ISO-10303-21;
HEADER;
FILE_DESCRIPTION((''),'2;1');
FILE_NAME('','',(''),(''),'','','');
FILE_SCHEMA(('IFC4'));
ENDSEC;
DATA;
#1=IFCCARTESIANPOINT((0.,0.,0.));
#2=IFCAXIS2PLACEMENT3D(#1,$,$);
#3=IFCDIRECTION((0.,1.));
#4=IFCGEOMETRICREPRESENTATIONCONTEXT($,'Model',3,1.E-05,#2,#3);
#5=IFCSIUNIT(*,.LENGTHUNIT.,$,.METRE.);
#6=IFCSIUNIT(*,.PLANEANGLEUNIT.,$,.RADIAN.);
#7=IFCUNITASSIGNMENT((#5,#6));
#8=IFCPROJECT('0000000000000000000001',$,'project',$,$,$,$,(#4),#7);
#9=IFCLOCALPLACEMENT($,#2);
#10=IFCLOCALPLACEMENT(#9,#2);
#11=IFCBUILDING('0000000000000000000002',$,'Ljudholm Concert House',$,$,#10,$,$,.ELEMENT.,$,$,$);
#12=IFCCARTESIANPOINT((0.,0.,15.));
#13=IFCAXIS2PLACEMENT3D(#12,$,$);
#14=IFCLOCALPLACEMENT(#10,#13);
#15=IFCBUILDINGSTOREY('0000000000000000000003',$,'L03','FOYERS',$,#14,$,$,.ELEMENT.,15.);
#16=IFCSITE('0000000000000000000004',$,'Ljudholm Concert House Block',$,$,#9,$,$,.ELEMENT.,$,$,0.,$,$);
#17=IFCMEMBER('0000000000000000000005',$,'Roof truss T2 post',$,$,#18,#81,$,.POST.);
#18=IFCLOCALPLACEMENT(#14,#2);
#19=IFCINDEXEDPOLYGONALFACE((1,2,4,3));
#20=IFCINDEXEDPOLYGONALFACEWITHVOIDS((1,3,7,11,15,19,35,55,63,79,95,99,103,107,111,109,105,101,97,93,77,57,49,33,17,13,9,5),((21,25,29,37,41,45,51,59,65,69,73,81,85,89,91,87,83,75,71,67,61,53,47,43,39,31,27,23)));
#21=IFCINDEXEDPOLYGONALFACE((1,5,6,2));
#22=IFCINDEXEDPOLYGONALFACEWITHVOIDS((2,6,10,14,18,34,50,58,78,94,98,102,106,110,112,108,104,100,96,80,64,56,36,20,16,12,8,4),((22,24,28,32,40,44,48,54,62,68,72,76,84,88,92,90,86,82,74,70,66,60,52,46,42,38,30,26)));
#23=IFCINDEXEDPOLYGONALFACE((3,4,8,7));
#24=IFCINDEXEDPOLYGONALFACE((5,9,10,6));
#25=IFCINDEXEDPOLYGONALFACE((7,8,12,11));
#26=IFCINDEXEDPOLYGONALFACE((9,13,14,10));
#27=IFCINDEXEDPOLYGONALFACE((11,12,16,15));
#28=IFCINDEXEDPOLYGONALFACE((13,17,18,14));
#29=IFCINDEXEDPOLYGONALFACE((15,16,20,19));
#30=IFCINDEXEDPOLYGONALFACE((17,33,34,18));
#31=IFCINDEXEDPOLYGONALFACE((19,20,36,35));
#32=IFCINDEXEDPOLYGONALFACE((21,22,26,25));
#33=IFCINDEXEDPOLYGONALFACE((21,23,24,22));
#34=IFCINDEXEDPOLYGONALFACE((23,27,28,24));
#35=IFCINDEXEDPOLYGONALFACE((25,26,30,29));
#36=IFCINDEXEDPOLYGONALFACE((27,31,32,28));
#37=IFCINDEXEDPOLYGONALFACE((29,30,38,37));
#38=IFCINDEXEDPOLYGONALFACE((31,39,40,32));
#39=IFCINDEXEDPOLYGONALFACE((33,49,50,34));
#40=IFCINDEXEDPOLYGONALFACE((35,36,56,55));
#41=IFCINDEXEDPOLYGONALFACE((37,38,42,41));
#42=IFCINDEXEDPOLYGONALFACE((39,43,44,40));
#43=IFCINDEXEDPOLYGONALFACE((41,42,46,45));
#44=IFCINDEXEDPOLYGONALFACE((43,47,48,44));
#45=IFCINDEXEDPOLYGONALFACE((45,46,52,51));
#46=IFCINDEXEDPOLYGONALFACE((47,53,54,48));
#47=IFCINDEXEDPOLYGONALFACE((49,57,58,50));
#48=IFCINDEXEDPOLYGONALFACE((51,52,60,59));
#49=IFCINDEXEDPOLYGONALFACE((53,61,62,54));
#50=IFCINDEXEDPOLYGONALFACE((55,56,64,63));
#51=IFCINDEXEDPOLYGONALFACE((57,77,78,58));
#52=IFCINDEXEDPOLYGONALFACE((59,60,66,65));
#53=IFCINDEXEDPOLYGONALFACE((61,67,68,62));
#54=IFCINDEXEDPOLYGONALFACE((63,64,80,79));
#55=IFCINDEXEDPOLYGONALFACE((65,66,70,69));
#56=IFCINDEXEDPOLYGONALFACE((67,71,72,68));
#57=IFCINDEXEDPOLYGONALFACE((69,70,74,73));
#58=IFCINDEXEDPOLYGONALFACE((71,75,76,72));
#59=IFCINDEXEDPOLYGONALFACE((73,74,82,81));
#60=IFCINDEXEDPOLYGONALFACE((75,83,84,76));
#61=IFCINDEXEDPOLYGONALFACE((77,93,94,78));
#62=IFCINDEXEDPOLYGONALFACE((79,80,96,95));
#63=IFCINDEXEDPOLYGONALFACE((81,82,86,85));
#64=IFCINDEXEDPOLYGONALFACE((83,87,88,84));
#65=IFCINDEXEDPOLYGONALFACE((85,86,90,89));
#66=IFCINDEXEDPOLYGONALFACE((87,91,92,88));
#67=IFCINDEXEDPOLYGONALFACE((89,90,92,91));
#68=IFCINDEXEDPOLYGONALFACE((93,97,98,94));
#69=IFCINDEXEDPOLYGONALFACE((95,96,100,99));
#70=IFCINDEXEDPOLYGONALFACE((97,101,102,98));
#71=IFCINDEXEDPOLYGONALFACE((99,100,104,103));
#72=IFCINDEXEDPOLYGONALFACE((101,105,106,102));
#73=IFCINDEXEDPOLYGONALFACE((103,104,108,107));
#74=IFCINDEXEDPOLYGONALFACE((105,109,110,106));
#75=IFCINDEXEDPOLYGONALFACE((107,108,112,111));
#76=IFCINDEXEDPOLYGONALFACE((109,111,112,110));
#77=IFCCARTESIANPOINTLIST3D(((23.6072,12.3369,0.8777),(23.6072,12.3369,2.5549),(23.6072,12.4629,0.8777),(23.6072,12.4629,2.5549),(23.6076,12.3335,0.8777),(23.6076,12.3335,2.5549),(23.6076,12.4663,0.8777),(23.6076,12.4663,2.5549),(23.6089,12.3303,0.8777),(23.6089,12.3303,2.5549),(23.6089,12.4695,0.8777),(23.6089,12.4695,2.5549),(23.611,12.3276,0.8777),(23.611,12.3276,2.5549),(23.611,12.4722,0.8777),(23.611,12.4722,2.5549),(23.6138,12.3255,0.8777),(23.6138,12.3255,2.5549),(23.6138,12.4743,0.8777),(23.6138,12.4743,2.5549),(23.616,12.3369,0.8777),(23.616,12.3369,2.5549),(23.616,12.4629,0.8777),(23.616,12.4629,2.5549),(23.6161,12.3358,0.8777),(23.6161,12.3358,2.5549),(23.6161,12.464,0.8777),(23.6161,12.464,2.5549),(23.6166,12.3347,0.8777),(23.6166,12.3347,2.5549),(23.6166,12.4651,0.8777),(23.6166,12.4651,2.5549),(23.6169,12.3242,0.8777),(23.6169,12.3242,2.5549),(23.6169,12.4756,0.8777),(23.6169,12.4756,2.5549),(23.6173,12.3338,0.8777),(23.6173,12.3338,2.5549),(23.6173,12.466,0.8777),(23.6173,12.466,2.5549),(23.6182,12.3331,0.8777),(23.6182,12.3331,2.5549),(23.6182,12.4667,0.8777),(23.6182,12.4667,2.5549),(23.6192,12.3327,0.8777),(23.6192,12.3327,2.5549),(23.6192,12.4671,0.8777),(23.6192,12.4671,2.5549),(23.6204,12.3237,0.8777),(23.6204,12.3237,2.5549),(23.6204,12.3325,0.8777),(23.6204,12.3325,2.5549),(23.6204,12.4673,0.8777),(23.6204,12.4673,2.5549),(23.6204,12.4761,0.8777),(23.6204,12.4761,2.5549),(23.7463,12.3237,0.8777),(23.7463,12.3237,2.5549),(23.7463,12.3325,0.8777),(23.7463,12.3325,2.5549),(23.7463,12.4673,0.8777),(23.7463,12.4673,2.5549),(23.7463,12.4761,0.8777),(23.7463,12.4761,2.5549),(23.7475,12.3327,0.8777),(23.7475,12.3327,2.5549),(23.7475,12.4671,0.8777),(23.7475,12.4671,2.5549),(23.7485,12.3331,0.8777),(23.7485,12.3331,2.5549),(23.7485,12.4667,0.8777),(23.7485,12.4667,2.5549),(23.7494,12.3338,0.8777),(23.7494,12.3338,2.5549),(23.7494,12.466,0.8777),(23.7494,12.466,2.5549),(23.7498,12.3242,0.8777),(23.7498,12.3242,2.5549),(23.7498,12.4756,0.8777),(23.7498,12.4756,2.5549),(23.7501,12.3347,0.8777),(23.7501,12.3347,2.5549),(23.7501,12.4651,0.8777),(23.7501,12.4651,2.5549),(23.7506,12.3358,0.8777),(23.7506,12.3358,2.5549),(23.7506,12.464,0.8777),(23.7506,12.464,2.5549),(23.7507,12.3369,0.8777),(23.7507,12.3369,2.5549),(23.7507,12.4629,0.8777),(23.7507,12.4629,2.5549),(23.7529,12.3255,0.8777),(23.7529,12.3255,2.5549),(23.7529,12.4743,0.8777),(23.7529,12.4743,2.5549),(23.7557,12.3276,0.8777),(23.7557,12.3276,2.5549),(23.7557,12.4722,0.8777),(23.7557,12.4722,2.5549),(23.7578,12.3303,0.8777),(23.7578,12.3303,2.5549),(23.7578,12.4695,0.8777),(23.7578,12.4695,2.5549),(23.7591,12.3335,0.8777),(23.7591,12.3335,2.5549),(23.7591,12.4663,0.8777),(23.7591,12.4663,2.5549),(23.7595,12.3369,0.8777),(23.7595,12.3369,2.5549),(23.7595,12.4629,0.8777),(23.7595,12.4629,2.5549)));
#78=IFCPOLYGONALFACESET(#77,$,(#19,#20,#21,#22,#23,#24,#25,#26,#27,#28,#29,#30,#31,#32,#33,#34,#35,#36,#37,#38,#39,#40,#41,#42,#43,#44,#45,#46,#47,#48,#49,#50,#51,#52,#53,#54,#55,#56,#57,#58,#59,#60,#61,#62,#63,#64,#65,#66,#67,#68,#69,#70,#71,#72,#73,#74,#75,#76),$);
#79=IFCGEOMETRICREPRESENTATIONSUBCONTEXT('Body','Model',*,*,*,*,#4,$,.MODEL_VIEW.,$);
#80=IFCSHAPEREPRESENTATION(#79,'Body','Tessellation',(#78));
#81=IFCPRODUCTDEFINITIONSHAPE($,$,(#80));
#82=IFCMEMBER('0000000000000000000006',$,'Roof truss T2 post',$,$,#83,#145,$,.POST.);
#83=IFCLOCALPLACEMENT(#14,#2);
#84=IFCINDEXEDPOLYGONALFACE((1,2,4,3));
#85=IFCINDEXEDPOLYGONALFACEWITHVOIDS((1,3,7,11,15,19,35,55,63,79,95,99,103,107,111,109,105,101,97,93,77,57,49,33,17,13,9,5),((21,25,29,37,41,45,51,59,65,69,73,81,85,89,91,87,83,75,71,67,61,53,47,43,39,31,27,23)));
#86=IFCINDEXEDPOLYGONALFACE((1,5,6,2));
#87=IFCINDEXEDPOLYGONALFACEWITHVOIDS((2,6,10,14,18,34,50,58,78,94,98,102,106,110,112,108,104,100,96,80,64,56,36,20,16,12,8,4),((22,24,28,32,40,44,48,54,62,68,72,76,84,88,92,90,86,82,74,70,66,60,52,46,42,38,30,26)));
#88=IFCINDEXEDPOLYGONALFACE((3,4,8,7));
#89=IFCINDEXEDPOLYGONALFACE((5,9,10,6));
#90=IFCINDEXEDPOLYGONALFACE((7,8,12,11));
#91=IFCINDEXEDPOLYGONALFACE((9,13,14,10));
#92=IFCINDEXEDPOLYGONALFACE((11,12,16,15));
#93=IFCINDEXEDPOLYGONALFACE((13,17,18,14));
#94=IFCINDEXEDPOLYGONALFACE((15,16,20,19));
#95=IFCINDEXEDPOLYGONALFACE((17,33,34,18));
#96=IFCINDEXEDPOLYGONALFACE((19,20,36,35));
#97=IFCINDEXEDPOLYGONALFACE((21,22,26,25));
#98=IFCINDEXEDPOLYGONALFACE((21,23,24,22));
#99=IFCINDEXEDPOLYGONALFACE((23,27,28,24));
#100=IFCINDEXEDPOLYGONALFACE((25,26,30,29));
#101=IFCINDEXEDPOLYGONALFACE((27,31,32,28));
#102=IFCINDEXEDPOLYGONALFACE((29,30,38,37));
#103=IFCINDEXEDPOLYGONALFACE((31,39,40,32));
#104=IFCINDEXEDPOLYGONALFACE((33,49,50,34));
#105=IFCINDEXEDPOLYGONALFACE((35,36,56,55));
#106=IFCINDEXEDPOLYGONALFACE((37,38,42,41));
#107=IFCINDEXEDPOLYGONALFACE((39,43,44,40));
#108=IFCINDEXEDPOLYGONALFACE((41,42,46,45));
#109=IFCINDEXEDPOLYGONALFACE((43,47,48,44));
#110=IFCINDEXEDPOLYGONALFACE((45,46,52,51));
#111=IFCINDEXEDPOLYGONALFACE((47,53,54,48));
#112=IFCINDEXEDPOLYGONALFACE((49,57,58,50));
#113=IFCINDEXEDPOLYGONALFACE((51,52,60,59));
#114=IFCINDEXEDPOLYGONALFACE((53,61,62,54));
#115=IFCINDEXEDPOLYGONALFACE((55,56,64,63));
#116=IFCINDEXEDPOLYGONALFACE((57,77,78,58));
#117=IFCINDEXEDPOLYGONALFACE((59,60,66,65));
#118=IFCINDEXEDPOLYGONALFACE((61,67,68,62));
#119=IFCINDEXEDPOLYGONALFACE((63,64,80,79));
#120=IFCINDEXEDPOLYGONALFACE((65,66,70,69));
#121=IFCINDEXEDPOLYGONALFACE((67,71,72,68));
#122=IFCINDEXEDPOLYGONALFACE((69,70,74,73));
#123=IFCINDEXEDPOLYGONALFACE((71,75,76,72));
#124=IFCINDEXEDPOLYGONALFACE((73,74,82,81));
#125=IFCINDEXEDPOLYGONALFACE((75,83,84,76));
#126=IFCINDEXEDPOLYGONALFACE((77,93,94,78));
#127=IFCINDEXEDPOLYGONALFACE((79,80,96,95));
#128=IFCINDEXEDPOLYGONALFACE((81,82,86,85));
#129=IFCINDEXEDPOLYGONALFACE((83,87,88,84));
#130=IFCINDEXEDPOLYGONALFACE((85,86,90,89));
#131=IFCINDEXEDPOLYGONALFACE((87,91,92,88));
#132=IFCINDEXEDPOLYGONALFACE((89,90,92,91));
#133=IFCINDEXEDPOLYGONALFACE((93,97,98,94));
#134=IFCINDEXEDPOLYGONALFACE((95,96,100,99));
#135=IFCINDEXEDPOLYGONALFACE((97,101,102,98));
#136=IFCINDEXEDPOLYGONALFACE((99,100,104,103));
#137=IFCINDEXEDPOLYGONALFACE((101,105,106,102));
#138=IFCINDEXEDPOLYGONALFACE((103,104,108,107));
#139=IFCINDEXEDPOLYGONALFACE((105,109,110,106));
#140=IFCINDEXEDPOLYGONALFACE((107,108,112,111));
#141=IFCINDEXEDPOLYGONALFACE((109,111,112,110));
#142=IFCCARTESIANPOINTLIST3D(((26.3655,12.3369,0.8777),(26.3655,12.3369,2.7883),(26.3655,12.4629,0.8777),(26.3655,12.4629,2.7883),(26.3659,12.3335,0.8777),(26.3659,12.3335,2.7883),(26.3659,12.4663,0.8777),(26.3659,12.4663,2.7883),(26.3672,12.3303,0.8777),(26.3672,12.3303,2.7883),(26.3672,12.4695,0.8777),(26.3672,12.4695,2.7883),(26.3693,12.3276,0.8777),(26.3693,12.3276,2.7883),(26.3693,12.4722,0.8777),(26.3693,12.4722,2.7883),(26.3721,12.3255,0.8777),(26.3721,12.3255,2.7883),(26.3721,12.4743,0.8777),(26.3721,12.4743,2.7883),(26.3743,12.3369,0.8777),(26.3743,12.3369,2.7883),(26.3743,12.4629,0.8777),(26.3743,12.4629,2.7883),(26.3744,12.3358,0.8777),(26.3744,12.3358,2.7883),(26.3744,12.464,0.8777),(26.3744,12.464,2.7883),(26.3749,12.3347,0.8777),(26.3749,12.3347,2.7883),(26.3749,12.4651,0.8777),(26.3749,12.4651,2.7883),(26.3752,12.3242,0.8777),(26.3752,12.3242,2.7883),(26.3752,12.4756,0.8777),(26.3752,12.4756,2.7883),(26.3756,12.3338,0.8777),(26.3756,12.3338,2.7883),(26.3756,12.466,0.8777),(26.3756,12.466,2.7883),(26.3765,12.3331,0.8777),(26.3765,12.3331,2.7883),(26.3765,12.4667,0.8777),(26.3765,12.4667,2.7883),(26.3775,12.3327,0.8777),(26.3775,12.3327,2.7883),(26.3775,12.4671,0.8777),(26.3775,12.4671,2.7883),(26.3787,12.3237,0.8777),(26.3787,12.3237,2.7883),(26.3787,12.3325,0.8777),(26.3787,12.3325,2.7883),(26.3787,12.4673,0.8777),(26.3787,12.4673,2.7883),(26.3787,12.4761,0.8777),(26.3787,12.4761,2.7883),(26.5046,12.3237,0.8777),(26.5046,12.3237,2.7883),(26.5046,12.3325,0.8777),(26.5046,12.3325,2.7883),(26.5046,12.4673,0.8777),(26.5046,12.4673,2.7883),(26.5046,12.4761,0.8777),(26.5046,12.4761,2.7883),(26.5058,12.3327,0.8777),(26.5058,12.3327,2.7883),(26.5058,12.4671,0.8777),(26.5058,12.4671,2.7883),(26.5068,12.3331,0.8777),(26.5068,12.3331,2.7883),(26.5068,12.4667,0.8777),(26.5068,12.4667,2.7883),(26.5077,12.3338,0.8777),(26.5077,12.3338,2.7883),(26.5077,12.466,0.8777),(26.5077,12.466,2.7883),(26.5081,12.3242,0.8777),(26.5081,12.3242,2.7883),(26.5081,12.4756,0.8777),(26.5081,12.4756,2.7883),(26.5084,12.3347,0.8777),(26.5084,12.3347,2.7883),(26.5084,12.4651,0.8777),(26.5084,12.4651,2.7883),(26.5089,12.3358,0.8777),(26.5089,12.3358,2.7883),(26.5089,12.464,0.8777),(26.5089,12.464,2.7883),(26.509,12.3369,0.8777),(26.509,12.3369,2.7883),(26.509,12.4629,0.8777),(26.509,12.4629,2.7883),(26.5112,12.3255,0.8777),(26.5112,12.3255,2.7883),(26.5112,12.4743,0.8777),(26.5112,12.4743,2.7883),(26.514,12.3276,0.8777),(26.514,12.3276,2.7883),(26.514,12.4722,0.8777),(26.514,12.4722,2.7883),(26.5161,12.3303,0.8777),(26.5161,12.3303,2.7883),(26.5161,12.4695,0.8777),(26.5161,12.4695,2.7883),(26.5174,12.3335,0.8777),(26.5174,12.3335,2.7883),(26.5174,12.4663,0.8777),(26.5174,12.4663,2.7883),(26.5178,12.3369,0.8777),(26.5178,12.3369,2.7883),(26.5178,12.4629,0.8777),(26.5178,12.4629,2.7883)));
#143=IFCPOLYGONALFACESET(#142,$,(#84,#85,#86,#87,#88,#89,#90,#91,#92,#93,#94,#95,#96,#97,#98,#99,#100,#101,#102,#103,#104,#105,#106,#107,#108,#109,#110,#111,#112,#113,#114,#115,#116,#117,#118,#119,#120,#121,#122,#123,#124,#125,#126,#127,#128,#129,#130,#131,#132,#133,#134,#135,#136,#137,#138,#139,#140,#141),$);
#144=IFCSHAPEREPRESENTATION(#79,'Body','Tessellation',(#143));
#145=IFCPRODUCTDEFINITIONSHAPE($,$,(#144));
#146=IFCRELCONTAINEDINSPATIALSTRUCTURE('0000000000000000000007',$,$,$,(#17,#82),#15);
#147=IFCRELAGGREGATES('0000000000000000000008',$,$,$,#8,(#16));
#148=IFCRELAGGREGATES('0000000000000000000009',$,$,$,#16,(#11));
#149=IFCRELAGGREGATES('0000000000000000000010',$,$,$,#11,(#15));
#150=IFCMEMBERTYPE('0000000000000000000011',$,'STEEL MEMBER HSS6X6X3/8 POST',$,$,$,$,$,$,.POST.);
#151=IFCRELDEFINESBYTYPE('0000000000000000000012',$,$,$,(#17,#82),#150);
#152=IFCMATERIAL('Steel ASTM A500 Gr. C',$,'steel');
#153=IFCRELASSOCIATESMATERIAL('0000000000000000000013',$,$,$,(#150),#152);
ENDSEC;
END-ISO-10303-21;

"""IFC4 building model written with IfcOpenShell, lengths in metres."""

from ifc_helpers import new_model, si_unit, direction, frame, origin, origin_2d, place, context, subcontext, project, spatial, hollow_rectangle, extrude, material, material_profile, profile_set, type_object, element, save


model = new_model("IFC4")

# Units and contexts
model_context = context("Model", 3, precision=1e-05, world=origin(), true_north=direction((0.0, 1.0)))
body_context = subcontext(model_context, "Body", "Model", "MODEL_VIEW")
ifc_project = project(units=[si_unit("LENGTHUNIT", "METRE"), si_unit("PLANEANGLEUNIT", "RADIAN")], contexts=[model_context])

# Site, building, storey
site_placement = place(None, origin())
site = spatial("IfcSite", under=ifc_project, at=site_placement, Name="Ljudholm Concert House Block", CompositionType="ELEMENT", RefElevation=0.0)
building_placement = place(site_placement, origin())
building = spatial("IfcBuilding", under=site, at=building_placement, Name="Ljudholm Concert House", CompositionType="ELEMENT")
storey_placement = place(building_placement, frame((0.0, 0.0, 15.0)))
storey = spatial("IfcBuildingStorey", under=building, at=storey_placement, Name="L03", Description="FOYERS", CompositionType="ELEMENT", Elevation=15.0)

# Members
ifc_material_1 = material(Name="Steel ASTM A500 Gr. C", Category="steel")
ifc_material_profile_1 = material_profile(ifc_material_1, hollow_rectangle(XDim=0.1523, YDim=0.1523, WallThickness=0.0088, InnerFilletRadius=0.0044, OuterFilletRadius=0.0132, at=origin_2d()), Name="HSS6X6X3/8")
ifc_profile_set_1 = profile_set([ifc_material_profile_1], Name="Steel ASTM A500 Gr. C")
member_type_1 = type_object("IfcMemberType", Name="STEEL MEMBER HSS6X6X3/8 POST", PredefinedType="POST", material=ifc_profile_set_1)
member_1_placement = place(storey_placement, frame((23.6833, 12.3999, 0.8777), z_axis=(0.0, 0.0, 1.0), x_axis=(1.0, 0.0, 0.0)))
element("IfcMember", 1, at=member_1_placement, inside=storey, type_object=member_type_1, Name="Roof truss T2 post", PredefinedType="POST", context=body_context, shape_type="SweptSolid", body=[
    extrude(hollow_rectangle(XDim=0.1523, YDim=0.1523, WallThickness=0.0088, InnerFilletRadius=0.0044, OuterFilletRadius=0.0132, at=origin_2d()), origin(), (0.0, 0.0, 1.0), 1.6772),
])
member_2_placement = place(storey_placement, frame((26.4417, 12.3999, 0.8777), z_axis=(0.0, 0.0, 1.0), x_axis=(1.0, 0.0, 0.0)))
element("IfcMember", 2, at=member_2_placement, inside=storey, type_object=member_type_1, Name="Roof truss T2 post", PredefinedType="POST", context=body_context, shape_type="SweptSolid", body=[
    extrude(hollow_rectangle(XDim=0.1523, YDim=0.1523, WallThickness=0.0088, InnerFilletRadius=0.0044, OuterFilletRadius=0.0132, at=origin_2d()), origin(), (0.0, 0.0, 1.0), 1.9106),
])

save(model, "model.ifc")
